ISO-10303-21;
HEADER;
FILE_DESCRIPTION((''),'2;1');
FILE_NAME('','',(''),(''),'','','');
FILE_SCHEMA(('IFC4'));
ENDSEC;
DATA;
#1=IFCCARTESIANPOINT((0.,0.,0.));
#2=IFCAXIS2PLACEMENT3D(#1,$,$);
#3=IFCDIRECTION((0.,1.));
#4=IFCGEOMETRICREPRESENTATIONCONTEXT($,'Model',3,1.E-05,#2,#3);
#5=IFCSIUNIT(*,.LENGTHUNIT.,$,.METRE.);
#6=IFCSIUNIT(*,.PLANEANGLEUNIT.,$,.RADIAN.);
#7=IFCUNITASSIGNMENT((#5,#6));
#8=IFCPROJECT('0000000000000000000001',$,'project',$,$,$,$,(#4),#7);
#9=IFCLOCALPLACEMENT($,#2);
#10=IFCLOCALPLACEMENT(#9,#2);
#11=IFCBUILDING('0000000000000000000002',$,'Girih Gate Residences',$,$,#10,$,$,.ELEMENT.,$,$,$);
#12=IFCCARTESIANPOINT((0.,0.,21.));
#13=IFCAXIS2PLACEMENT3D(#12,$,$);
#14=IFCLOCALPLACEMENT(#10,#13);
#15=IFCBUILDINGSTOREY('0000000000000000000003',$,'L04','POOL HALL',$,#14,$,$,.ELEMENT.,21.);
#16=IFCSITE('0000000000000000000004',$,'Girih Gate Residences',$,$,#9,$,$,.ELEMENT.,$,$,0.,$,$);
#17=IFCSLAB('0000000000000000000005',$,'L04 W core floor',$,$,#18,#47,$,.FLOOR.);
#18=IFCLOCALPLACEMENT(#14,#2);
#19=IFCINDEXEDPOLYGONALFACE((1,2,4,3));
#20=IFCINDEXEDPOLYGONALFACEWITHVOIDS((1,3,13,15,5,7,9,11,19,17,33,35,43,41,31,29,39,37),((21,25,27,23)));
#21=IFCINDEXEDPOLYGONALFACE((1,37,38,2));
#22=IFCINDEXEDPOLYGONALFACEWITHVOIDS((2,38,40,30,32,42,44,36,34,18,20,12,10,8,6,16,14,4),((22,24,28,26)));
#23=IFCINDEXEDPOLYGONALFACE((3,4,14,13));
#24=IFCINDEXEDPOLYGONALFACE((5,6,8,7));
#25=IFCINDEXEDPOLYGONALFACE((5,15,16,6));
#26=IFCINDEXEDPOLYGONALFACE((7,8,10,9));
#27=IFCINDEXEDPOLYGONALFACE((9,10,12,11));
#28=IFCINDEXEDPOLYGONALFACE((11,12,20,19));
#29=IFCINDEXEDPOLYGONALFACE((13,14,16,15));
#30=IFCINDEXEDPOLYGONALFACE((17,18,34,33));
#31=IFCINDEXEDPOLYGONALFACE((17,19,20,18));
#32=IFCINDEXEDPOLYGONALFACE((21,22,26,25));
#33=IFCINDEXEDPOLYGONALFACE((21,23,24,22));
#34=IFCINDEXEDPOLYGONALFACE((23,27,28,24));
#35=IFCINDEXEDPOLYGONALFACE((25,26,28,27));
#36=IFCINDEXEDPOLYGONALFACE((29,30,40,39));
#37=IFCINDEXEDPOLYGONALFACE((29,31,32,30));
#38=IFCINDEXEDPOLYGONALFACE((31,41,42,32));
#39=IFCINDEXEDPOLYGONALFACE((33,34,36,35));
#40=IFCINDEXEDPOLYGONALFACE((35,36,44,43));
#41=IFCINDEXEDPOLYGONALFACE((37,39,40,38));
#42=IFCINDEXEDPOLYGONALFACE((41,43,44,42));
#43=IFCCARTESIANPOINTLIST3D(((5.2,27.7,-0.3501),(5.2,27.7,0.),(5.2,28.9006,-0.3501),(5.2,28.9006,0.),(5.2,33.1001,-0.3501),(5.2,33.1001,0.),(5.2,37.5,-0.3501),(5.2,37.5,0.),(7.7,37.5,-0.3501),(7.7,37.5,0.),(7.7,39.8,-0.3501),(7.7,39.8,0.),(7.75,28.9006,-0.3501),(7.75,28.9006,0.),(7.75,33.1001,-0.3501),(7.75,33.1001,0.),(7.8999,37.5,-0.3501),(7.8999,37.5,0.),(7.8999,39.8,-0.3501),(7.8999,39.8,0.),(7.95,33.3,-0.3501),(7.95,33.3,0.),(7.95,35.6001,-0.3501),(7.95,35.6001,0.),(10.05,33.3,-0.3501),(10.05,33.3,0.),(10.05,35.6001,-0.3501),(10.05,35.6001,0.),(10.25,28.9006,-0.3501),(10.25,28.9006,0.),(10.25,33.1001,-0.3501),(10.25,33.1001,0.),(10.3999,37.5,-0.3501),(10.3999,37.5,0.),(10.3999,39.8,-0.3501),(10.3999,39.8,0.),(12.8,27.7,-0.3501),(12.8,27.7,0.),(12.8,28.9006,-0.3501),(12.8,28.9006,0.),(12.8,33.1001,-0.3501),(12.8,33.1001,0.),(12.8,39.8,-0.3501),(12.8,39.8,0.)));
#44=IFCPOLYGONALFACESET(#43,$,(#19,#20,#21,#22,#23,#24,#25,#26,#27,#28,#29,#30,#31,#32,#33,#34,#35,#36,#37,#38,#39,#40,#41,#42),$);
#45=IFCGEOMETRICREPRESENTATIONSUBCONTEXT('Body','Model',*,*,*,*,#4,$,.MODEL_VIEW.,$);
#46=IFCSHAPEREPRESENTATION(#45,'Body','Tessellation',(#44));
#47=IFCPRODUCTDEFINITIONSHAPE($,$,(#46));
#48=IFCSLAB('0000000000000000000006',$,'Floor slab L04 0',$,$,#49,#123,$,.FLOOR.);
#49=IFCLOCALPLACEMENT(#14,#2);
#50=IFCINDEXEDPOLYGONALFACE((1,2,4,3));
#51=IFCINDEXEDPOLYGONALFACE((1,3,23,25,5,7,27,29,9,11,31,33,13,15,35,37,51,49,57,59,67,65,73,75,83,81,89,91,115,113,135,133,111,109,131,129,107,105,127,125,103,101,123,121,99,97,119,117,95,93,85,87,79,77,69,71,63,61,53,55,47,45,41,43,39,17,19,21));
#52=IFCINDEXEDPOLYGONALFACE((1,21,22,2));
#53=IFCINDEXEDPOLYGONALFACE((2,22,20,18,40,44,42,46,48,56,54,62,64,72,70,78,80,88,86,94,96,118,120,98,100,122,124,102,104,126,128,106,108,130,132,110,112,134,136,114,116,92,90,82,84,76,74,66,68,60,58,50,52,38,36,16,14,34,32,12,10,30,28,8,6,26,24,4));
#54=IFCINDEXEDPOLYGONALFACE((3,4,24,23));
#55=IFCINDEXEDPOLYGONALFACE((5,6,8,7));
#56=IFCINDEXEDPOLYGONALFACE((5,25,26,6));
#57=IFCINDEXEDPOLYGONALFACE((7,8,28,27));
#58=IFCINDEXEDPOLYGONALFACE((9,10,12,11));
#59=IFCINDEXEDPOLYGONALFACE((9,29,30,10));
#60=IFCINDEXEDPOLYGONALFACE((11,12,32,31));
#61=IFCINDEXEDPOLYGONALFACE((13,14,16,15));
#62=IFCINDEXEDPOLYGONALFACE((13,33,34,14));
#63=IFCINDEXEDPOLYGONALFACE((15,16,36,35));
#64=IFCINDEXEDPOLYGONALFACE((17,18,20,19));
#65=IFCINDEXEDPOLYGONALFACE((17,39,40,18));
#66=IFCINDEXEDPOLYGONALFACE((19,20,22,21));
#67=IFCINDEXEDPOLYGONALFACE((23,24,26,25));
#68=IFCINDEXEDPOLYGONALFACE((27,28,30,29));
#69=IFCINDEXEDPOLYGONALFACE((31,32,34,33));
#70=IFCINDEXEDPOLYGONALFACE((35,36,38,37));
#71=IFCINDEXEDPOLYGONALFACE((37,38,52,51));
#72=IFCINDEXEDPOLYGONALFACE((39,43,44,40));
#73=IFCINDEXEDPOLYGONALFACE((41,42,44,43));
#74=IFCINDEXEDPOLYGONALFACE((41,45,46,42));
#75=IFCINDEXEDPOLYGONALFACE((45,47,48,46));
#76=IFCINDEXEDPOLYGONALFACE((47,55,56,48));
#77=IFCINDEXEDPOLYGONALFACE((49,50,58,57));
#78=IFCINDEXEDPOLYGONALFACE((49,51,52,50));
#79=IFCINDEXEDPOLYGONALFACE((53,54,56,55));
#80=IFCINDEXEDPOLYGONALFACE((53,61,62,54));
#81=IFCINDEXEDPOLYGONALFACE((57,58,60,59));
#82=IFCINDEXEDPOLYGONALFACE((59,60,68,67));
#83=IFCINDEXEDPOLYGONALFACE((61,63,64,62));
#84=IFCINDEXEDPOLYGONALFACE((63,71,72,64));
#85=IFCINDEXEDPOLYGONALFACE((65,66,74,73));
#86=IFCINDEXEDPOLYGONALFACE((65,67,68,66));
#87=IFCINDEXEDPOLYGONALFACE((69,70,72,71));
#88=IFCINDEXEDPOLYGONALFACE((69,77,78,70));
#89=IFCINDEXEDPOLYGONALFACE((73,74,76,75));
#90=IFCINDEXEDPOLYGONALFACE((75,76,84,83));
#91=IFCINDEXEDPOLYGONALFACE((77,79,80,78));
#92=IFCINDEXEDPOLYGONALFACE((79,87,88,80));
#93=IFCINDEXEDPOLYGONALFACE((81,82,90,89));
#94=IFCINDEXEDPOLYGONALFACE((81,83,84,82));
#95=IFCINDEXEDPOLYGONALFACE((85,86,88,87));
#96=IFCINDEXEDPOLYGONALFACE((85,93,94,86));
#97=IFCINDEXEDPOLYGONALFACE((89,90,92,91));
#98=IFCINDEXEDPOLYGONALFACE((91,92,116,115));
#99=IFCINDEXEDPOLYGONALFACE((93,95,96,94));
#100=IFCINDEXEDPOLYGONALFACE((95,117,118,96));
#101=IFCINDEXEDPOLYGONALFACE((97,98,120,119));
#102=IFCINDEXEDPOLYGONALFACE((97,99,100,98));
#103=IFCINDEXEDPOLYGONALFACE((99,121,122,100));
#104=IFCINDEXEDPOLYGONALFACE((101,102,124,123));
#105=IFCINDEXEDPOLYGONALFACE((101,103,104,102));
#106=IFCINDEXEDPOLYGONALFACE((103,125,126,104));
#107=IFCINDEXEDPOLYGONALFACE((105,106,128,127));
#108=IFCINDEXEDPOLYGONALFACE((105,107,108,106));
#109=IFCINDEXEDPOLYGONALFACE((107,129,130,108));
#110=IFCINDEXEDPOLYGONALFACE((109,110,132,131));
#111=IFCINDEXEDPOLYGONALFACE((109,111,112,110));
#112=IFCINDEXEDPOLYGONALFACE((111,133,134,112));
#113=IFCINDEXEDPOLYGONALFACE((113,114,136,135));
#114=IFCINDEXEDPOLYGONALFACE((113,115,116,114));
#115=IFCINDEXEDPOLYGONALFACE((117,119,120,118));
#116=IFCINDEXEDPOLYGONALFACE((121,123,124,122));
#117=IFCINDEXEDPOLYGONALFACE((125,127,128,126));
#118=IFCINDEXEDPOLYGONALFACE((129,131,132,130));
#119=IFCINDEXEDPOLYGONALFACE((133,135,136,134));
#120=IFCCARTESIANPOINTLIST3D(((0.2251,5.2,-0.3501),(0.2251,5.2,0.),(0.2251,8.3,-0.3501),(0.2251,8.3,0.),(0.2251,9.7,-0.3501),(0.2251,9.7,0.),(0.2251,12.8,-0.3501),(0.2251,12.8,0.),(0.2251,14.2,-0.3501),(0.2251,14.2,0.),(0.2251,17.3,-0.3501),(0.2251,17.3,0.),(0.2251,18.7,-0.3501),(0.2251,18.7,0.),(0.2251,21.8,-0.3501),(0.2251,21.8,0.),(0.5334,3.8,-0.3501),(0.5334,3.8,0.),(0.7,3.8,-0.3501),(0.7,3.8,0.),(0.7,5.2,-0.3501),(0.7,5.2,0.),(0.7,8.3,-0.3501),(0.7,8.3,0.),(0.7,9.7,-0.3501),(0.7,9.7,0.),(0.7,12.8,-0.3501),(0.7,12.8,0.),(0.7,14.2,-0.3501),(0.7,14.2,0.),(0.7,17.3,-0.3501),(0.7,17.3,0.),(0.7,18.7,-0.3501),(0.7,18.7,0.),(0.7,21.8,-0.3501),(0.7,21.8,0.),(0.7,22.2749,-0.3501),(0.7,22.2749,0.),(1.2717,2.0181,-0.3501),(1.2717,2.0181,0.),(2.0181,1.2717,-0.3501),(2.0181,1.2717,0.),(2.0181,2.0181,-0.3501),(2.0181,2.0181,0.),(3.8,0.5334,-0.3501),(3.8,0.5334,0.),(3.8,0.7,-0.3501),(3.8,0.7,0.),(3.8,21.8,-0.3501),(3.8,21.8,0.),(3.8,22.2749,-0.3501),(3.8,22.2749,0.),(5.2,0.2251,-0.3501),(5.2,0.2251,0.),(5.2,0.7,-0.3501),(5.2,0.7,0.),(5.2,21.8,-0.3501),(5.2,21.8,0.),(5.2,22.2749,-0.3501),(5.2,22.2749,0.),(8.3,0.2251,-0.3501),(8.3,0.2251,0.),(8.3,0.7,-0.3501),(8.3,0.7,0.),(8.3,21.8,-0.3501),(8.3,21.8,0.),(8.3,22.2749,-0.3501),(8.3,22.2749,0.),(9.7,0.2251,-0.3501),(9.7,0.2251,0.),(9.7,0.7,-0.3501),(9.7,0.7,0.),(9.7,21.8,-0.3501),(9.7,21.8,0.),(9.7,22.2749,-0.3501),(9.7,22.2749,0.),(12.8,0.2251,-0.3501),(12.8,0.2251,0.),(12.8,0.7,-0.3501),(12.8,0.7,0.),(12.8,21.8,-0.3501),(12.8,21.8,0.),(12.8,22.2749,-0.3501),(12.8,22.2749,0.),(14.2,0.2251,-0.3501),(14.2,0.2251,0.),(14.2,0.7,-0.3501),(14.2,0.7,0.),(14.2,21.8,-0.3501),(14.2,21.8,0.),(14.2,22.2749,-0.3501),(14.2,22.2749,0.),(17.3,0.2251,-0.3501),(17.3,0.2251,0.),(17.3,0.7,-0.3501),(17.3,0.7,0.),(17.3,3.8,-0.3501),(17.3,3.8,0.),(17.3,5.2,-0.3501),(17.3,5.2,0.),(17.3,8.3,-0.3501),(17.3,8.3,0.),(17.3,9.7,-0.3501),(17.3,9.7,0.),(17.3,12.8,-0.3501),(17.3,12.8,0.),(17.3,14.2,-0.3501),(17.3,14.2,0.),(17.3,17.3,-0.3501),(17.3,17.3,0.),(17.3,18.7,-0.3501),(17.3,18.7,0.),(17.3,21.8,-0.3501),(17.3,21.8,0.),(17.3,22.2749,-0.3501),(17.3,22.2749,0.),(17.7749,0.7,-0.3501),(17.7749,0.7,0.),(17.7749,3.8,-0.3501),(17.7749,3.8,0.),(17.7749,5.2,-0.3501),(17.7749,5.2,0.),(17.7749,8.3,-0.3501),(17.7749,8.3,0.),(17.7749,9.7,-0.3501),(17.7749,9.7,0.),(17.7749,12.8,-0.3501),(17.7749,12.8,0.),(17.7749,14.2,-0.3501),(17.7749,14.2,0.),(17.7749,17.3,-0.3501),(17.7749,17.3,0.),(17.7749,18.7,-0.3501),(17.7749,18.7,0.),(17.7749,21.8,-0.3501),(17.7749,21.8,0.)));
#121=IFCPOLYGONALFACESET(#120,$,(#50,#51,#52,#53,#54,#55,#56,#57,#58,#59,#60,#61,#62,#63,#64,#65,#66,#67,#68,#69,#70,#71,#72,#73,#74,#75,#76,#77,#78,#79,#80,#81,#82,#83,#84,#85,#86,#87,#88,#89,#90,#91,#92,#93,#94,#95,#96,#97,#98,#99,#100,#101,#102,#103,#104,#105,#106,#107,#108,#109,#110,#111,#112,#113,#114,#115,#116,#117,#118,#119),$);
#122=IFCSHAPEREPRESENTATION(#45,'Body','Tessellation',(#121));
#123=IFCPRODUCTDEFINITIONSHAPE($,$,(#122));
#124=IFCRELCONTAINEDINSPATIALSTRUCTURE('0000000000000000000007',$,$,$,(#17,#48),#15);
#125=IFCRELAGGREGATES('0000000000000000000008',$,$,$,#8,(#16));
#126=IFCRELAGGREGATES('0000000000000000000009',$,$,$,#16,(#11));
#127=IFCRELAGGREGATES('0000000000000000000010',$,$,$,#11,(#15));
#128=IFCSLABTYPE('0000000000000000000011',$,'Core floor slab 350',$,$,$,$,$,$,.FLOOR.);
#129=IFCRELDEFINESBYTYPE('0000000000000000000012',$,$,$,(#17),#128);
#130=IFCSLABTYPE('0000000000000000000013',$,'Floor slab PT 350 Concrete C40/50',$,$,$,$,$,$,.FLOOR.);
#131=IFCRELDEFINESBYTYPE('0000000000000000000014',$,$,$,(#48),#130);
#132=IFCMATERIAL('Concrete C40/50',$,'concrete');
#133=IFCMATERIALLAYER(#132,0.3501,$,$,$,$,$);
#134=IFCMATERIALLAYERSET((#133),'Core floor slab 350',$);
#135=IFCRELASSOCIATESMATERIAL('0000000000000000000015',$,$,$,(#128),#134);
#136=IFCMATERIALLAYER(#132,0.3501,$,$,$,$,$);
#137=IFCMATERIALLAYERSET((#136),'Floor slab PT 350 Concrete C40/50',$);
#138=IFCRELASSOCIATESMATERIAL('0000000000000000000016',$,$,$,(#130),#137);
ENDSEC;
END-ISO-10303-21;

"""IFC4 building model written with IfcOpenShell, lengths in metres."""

from ifc_helpers import new_model, si_unit, direction, frame, origin, place, context, subcontext, project, spatial, polyline, outline, extrude, material, layer, layer_set, type_object, element, save


model = new_model("IFC4")

# Units and contexts
model_context = context("Model", 3, precision=1e-05, world=origin(), true_north=direction((0.0, 1.0)))
body_context = subcontext(model_context, "Body", "Model", "MODEL_VIEW")
ifc_project = project(units=[si_unit("LENGTHUNIT", "METRE"), si_unit("PLANEANGLEUNIT", "RADIAN")], contexts=[model_context])

# Site, building, storey
site_placement = place(None, origin())
site = spatial("IfcSite", under=ifc_project, at=site_placement, Name="Girih Gate Residences", CompositionType="ELEMENT", RefElevation=0.0)
building_placement = place(site_placement, origin())
building = spatial("IfcBuilding", under=site, at=building_placement, Name="Girih Gate Residences", CompositionType="ELEMENT")
storey_placement = place(building_placement, frame((0.0, 0.0, 21.0)))
storey = spatial("IfcBuildingStorey", under=building, at=storey_placement, Name="L04", Description="POOL HALL", CompositionType="ELEMENT", Elevation=21.0)

# Slabs
ifc_material = material(Name="Concrete C40/50", Category="concrete")
ifc_layer_1 = layer(ifc_material, 0.3501)
ifc_layer_set_1 = layer_set([ifc_layer_1], Name="Core floor slab 350")
slab_type_1 = type_object("IfcSlabType", Name="Core floor slab 350", PredefinedType="FLOOR", material=ifc_layer_set_1)
slab_1_placement = place(storey_placement, frame((0.0, 0.0, -0.3501)))
element("IfcSlab", 1, at=slab_1_placement, inside=storey, type_object=slab_type_1, Name="L04 W core floor", PredefinedType="FLOOR", context=body_context, shape_type="SweptSolid", body=[
    extrude(outline(polyline([(12.8, 27.7), (5.2, 27.7), (5.2, 28.9006), (7.75, 28.9006), (7.75, 33.1001), (5.2, 33.1001), (5.2, 37.5), (7.7, 37.5), (7.7, 39.8), (7.8999, 39.8), (7.8999, 37.5), (10.3999, 37.5), (10.3999, 39.8), (12.8, 39.8), (12.8, 33.1001), (10.25, 33.1001), (10.25, 28.9006), (12.8, 28.9006), (12.8, 27.7)]), holes=[polyline([(7.95, 33.3), (10.05, 33.3), (10.05, 35.6001), (7.95, 35.6001), (7.95, 33.3)])]), origin(), (0.0, 0.0, 1.0), 0.3501),
])
ifc_layer_2 = layer(ifc_material, 0.3501)
ifc_layer_set_2 = layer_set([ifc_layer_2], Name="Floor slab PT 350 Concrete C40/50")
slab_type_2 = type_object("IfcSlabType", Name="Floor slab PT 350 Concrete C40/50", PredefinedType="FLOOR", material=ifc_layer_set_2)
slab_2_placement = place(storey_placement, frame((0.0, 0.0, -0.3501)))
element("IfcSlab", 2, at=slab_2_placement, inside=storey, type_object=slab_type_2, Name="Floor slab L04 0", PredefinedType="FLOOR", context=body_context, shape_type="SweptSolid", body=[
    extrude(outline(polyline([(0.2251, 8.3), (0.2251, 5.2), (0.7, 5.2), (0.7, 3.8), (0.5334, 3.8), (1.2717, 2.0181), (2.0181, 2.0181), (2.0181, 1.2717), (3.8, 0.5334), (3.8, 0.7), (5.2, 0.7), (5.2, 0.2251), (8.3, 0.2251), (8.3, 0.7), (9.7, 0.7), (9.7, 0.2251), (12.8, 0.2251), (12.8, 0.7), (14.2, 0.7), (14.2, 0.2251), (17.3, 0.2251), (17.3, 0.7), (17.7749, 0.7), (17.7749, 3.8), (17.3, 3.8), (17.3, 5.2), (17.7749, 5.2), (17.7749, 8.3), (17.3, 8.3), (17.3, 9.7), (17.7749, 9.7), (17.7749, 12.8), (17.3, 12.8), (17.3, 14.2), (17.7749, 14.2), (17.7749, 17.3), (17.3, 17.3), (17.3, 18.7), (17.7749, 18.7), (17.7749, 21.8), (17.3, 21.8), (17.3, 22.2749), (14.2, 22.2749), (14.2, 21.8), (12.8, 21.8), (12.8, 22.2749), (9.7, 22.2749), (9.7, 21.8), (8.3, 21.8), (8.3, 22.2749), (5.2, 22.2749), (5.2, 21.8), (3.8, 21.8), (3.8, 22.2749), (0.7, 22.2749), (0.7, 21.8), (0.2251, 21.8), (0.2251, 18.7), (0.7, 18.7), (0.7, 17.3), (0.2251, 17.3), (0.2251, 14.2), (0.7, 14.2), (0.7, 12.8), (0.2251, 12.8), (0.2251, 9.7), (0.7, 9.7), (0.7, 8.3), (0.2251, 8.3)])), origin(), (0.0, 0.0, 1.0), 0.3501),
])

save(model, "model.ifc")
